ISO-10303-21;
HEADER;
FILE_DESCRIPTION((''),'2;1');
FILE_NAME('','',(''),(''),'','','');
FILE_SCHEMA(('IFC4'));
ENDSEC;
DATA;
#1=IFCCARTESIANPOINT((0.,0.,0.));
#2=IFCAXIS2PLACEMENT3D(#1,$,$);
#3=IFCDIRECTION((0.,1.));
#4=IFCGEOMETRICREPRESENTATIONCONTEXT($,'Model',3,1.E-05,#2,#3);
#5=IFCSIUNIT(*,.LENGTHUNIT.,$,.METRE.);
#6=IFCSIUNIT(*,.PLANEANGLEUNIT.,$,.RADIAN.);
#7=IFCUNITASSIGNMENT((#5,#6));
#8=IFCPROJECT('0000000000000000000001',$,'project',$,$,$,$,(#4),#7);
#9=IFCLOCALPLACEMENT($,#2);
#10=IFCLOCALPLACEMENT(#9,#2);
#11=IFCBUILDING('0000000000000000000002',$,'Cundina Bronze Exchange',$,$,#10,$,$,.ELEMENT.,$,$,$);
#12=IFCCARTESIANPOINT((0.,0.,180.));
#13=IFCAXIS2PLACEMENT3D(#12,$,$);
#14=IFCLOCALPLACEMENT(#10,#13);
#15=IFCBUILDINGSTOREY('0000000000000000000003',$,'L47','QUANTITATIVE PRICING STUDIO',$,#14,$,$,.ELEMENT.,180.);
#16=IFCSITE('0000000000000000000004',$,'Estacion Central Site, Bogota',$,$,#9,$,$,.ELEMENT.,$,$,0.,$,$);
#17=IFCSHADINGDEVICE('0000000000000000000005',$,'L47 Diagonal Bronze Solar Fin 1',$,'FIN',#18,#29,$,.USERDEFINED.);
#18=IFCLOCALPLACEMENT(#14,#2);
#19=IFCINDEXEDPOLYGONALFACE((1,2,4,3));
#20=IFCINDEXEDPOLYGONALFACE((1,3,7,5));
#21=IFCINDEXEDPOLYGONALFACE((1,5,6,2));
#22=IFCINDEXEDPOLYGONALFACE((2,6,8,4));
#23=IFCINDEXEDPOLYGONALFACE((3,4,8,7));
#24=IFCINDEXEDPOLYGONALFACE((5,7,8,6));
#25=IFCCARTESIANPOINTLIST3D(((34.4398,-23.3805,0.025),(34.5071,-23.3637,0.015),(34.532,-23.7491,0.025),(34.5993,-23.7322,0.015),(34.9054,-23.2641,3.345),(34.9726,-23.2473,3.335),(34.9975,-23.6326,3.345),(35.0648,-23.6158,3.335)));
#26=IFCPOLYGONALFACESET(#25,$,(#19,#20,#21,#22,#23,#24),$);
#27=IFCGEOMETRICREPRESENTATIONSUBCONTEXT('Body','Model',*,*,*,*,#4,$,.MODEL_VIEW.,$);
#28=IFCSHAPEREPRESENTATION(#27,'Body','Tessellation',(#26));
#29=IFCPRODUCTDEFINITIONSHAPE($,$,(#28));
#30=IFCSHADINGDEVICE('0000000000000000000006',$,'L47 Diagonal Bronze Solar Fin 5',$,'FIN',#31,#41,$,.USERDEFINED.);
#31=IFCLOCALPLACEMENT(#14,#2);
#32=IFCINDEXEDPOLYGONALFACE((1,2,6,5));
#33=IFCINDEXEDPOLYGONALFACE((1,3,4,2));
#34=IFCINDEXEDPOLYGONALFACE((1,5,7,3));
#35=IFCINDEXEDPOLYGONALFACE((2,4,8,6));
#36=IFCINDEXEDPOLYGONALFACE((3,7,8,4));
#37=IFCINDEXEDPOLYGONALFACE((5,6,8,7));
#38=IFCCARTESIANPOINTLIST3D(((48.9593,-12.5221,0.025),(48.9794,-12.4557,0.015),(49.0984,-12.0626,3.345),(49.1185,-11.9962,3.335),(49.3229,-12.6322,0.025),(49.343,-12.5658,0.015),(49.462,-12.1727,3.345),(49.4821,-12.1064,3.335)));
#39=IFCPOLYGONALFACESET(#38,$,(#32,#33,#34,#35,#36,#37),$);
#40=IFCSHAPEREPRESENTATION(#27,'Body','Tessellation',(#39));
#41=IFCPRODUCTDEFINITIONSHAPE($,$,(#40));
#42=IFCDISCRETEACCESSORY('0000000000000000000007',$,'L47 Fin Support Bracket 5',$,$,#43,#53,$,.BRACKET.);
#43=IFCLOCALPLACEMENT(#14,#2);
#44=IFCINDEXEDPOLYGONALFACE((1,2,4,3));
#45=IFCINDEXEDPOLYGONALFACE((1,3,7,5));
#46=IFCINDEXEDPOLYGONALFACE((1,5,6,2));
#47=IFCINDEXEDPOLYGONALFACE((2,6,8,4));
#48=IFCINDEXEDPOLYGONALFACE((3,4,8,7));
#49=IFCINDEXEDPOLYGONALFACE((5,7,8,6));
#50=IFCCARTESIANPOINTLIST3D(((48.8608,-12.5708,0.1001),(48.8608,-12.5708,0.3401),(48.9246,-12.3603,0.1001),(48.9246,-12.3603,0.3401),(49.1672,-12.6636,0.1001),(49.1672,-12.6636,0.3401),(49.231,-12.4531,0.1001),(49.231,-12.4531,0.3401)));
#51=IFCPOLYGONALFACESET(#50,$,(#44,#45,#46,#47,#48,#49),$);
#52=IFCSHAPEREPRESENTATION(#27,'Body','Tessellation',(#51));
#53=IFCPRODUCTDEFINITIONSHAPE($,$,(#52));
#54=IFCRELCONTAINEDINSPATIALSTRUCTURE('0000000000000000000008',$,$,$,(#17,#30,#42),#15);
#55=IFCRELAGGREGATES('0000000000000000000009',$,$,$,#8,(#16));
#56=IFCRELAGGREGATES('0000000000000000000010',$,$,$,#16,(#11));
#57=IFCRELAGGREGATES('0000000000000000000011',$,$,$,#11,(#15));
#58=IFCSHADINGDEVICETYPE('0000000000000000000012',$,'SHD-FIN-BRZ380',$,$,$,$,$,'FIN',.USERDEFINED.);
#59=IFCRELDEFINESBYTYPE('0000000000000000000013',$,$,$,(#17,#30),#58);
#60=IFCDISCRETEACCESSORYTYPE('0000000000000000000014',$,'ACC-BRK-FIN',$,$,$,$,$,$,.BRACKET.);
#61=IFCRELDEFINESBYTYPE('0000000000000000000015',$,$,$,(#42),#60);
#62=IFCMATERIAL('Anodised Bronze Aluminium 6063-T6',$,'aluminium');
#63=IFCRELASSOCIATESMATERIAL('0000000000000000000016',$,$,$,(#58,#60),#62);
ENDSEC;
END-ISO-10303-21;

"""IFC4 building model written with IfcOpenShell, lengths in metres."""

from ifc_helpers import new_model, si_unit, direction, frame, origin, origin_2d, place, context, subcontext, project, spatial, rectangle, extrude, material, material_profile, profile_set, type_object, element, save


model = new_model("IFC4")

# Units and contexts
model_context = context("Model", 3, precision=1e-05, world=origin(), true_north=direction((0.0, 1.0)))
body_context = subcontext(model_context, "Body", "Model", "MODEL_VIEW")
ifc_project = project(units=[si_unit("LENGTHUNIT", "METRE"), si_unit("PLANEANGLEUNIT", "RADIAN")], contexts=[model_context])

# Site, building, storey
site_placement = place(None, origin())
site = spatial("IfcSite", under=ifc_project, at=site_placement, Name="Estacion Central Site, Bogota", CompositionType="ELEMENT", RefElevation=0.0)
building_placement = place(site_placement, origin())
building = spatial("IfcBuilding", under=site, at=building_placement, Name="Cundina Bronze Exchange", CompositionType="ELEMENT")
storey_placement = place(building_placement, frame((0.0, 0.0, 180.0)))
storey = spatial("IfcBuildingStorey", under=building, at=storey_placement, Name="L47", Description="QUANTITATIVE PRICING STUDIO", CompositionType="ELEMENT", Elevation=180.0)

# Shared definitions
ifc_material_1 = material(Name="Anodised Bronze Aluminium 6063-T6", Category="aluminium")

# Shading devices
ifc_material_profile_1 = material_profile(ifc_material_1, rectangle(XDim=0.0701, YDim=0.3799, at=origin_2d()), Name="FIN70X380", Category="aluminium")
ifc_profile_set_1 = profile_set([ifc_material_profile_1], Name="Anodised Bronze Aluminium 6063-T6")
shading_device_type = type_object("IfcShadingDeviceType", Name="SHD-FIN-BRZ380", ElementType="FIN", PredefinedType="USERDEFINED", material=ifc_profile_set_1)
for number, where, z_axis, x_axis, name in (
    (1, (34.5195, -23.5564, 0.02), (0.138788, 0.034715, 0.989713), (-0.960133, -0.240159, 0.143064), "L47 Diagonal Bronze Solar Fin 1"),
    (2, (49.1511, -12.5439, 0.02), (0.041483, 0.136968, 0.989706), (-0.286883, -0.947216, 0.143112), "L47 Diagonal Bronze Solar Fin 5"),
):
    element("IfcShadingDevice", number, at=place(storey_placement, frame(where, z_axis=z_axis, x_axis=x_axis)), inside=storey, type_object=shading_device_type, Name=name, ObjectType="FIN", PredefinedType="USERDEFINED", context=body_context, shape_type="SweptSolid", body=[
        extrude(rectangle(XDim=0.0701, YDim=0.3799, at=origin_2d()), origin(), (0.0, 0.0, 1.0), 3.3545),
    ])

# Discrete accessory
discrete_accessory_type = type_object("IfcDiscreteAccessoryType", Name="ACC-BRK-FIN", PredefinedType="BRACKET", material=ifc_material_1)
discrete_accessory_placement = place(storey_placement, frame((49.0459, -12.512, 0.1001), z_axis=(0.0, 0.0, 1.0), x_axis=(0.290051, 0.957011, 0.0)))
element("IfcDiscreteAccessory", 3, at=discrete_accessory_placement, inside=storey, type_object=discrete_accessory_type, Name="L47 Fin Support Bracket 5", PredefinedType="BRACKET", context=body_context, shape_type="SweptSolid", body=[
    extrude(rectangle(XDim=0.22, YDim=0.3201, at=origin_2d()), origin(), (0.0, 0.0, 1.0), 0.24),
])

save(model, "model.ifc")
